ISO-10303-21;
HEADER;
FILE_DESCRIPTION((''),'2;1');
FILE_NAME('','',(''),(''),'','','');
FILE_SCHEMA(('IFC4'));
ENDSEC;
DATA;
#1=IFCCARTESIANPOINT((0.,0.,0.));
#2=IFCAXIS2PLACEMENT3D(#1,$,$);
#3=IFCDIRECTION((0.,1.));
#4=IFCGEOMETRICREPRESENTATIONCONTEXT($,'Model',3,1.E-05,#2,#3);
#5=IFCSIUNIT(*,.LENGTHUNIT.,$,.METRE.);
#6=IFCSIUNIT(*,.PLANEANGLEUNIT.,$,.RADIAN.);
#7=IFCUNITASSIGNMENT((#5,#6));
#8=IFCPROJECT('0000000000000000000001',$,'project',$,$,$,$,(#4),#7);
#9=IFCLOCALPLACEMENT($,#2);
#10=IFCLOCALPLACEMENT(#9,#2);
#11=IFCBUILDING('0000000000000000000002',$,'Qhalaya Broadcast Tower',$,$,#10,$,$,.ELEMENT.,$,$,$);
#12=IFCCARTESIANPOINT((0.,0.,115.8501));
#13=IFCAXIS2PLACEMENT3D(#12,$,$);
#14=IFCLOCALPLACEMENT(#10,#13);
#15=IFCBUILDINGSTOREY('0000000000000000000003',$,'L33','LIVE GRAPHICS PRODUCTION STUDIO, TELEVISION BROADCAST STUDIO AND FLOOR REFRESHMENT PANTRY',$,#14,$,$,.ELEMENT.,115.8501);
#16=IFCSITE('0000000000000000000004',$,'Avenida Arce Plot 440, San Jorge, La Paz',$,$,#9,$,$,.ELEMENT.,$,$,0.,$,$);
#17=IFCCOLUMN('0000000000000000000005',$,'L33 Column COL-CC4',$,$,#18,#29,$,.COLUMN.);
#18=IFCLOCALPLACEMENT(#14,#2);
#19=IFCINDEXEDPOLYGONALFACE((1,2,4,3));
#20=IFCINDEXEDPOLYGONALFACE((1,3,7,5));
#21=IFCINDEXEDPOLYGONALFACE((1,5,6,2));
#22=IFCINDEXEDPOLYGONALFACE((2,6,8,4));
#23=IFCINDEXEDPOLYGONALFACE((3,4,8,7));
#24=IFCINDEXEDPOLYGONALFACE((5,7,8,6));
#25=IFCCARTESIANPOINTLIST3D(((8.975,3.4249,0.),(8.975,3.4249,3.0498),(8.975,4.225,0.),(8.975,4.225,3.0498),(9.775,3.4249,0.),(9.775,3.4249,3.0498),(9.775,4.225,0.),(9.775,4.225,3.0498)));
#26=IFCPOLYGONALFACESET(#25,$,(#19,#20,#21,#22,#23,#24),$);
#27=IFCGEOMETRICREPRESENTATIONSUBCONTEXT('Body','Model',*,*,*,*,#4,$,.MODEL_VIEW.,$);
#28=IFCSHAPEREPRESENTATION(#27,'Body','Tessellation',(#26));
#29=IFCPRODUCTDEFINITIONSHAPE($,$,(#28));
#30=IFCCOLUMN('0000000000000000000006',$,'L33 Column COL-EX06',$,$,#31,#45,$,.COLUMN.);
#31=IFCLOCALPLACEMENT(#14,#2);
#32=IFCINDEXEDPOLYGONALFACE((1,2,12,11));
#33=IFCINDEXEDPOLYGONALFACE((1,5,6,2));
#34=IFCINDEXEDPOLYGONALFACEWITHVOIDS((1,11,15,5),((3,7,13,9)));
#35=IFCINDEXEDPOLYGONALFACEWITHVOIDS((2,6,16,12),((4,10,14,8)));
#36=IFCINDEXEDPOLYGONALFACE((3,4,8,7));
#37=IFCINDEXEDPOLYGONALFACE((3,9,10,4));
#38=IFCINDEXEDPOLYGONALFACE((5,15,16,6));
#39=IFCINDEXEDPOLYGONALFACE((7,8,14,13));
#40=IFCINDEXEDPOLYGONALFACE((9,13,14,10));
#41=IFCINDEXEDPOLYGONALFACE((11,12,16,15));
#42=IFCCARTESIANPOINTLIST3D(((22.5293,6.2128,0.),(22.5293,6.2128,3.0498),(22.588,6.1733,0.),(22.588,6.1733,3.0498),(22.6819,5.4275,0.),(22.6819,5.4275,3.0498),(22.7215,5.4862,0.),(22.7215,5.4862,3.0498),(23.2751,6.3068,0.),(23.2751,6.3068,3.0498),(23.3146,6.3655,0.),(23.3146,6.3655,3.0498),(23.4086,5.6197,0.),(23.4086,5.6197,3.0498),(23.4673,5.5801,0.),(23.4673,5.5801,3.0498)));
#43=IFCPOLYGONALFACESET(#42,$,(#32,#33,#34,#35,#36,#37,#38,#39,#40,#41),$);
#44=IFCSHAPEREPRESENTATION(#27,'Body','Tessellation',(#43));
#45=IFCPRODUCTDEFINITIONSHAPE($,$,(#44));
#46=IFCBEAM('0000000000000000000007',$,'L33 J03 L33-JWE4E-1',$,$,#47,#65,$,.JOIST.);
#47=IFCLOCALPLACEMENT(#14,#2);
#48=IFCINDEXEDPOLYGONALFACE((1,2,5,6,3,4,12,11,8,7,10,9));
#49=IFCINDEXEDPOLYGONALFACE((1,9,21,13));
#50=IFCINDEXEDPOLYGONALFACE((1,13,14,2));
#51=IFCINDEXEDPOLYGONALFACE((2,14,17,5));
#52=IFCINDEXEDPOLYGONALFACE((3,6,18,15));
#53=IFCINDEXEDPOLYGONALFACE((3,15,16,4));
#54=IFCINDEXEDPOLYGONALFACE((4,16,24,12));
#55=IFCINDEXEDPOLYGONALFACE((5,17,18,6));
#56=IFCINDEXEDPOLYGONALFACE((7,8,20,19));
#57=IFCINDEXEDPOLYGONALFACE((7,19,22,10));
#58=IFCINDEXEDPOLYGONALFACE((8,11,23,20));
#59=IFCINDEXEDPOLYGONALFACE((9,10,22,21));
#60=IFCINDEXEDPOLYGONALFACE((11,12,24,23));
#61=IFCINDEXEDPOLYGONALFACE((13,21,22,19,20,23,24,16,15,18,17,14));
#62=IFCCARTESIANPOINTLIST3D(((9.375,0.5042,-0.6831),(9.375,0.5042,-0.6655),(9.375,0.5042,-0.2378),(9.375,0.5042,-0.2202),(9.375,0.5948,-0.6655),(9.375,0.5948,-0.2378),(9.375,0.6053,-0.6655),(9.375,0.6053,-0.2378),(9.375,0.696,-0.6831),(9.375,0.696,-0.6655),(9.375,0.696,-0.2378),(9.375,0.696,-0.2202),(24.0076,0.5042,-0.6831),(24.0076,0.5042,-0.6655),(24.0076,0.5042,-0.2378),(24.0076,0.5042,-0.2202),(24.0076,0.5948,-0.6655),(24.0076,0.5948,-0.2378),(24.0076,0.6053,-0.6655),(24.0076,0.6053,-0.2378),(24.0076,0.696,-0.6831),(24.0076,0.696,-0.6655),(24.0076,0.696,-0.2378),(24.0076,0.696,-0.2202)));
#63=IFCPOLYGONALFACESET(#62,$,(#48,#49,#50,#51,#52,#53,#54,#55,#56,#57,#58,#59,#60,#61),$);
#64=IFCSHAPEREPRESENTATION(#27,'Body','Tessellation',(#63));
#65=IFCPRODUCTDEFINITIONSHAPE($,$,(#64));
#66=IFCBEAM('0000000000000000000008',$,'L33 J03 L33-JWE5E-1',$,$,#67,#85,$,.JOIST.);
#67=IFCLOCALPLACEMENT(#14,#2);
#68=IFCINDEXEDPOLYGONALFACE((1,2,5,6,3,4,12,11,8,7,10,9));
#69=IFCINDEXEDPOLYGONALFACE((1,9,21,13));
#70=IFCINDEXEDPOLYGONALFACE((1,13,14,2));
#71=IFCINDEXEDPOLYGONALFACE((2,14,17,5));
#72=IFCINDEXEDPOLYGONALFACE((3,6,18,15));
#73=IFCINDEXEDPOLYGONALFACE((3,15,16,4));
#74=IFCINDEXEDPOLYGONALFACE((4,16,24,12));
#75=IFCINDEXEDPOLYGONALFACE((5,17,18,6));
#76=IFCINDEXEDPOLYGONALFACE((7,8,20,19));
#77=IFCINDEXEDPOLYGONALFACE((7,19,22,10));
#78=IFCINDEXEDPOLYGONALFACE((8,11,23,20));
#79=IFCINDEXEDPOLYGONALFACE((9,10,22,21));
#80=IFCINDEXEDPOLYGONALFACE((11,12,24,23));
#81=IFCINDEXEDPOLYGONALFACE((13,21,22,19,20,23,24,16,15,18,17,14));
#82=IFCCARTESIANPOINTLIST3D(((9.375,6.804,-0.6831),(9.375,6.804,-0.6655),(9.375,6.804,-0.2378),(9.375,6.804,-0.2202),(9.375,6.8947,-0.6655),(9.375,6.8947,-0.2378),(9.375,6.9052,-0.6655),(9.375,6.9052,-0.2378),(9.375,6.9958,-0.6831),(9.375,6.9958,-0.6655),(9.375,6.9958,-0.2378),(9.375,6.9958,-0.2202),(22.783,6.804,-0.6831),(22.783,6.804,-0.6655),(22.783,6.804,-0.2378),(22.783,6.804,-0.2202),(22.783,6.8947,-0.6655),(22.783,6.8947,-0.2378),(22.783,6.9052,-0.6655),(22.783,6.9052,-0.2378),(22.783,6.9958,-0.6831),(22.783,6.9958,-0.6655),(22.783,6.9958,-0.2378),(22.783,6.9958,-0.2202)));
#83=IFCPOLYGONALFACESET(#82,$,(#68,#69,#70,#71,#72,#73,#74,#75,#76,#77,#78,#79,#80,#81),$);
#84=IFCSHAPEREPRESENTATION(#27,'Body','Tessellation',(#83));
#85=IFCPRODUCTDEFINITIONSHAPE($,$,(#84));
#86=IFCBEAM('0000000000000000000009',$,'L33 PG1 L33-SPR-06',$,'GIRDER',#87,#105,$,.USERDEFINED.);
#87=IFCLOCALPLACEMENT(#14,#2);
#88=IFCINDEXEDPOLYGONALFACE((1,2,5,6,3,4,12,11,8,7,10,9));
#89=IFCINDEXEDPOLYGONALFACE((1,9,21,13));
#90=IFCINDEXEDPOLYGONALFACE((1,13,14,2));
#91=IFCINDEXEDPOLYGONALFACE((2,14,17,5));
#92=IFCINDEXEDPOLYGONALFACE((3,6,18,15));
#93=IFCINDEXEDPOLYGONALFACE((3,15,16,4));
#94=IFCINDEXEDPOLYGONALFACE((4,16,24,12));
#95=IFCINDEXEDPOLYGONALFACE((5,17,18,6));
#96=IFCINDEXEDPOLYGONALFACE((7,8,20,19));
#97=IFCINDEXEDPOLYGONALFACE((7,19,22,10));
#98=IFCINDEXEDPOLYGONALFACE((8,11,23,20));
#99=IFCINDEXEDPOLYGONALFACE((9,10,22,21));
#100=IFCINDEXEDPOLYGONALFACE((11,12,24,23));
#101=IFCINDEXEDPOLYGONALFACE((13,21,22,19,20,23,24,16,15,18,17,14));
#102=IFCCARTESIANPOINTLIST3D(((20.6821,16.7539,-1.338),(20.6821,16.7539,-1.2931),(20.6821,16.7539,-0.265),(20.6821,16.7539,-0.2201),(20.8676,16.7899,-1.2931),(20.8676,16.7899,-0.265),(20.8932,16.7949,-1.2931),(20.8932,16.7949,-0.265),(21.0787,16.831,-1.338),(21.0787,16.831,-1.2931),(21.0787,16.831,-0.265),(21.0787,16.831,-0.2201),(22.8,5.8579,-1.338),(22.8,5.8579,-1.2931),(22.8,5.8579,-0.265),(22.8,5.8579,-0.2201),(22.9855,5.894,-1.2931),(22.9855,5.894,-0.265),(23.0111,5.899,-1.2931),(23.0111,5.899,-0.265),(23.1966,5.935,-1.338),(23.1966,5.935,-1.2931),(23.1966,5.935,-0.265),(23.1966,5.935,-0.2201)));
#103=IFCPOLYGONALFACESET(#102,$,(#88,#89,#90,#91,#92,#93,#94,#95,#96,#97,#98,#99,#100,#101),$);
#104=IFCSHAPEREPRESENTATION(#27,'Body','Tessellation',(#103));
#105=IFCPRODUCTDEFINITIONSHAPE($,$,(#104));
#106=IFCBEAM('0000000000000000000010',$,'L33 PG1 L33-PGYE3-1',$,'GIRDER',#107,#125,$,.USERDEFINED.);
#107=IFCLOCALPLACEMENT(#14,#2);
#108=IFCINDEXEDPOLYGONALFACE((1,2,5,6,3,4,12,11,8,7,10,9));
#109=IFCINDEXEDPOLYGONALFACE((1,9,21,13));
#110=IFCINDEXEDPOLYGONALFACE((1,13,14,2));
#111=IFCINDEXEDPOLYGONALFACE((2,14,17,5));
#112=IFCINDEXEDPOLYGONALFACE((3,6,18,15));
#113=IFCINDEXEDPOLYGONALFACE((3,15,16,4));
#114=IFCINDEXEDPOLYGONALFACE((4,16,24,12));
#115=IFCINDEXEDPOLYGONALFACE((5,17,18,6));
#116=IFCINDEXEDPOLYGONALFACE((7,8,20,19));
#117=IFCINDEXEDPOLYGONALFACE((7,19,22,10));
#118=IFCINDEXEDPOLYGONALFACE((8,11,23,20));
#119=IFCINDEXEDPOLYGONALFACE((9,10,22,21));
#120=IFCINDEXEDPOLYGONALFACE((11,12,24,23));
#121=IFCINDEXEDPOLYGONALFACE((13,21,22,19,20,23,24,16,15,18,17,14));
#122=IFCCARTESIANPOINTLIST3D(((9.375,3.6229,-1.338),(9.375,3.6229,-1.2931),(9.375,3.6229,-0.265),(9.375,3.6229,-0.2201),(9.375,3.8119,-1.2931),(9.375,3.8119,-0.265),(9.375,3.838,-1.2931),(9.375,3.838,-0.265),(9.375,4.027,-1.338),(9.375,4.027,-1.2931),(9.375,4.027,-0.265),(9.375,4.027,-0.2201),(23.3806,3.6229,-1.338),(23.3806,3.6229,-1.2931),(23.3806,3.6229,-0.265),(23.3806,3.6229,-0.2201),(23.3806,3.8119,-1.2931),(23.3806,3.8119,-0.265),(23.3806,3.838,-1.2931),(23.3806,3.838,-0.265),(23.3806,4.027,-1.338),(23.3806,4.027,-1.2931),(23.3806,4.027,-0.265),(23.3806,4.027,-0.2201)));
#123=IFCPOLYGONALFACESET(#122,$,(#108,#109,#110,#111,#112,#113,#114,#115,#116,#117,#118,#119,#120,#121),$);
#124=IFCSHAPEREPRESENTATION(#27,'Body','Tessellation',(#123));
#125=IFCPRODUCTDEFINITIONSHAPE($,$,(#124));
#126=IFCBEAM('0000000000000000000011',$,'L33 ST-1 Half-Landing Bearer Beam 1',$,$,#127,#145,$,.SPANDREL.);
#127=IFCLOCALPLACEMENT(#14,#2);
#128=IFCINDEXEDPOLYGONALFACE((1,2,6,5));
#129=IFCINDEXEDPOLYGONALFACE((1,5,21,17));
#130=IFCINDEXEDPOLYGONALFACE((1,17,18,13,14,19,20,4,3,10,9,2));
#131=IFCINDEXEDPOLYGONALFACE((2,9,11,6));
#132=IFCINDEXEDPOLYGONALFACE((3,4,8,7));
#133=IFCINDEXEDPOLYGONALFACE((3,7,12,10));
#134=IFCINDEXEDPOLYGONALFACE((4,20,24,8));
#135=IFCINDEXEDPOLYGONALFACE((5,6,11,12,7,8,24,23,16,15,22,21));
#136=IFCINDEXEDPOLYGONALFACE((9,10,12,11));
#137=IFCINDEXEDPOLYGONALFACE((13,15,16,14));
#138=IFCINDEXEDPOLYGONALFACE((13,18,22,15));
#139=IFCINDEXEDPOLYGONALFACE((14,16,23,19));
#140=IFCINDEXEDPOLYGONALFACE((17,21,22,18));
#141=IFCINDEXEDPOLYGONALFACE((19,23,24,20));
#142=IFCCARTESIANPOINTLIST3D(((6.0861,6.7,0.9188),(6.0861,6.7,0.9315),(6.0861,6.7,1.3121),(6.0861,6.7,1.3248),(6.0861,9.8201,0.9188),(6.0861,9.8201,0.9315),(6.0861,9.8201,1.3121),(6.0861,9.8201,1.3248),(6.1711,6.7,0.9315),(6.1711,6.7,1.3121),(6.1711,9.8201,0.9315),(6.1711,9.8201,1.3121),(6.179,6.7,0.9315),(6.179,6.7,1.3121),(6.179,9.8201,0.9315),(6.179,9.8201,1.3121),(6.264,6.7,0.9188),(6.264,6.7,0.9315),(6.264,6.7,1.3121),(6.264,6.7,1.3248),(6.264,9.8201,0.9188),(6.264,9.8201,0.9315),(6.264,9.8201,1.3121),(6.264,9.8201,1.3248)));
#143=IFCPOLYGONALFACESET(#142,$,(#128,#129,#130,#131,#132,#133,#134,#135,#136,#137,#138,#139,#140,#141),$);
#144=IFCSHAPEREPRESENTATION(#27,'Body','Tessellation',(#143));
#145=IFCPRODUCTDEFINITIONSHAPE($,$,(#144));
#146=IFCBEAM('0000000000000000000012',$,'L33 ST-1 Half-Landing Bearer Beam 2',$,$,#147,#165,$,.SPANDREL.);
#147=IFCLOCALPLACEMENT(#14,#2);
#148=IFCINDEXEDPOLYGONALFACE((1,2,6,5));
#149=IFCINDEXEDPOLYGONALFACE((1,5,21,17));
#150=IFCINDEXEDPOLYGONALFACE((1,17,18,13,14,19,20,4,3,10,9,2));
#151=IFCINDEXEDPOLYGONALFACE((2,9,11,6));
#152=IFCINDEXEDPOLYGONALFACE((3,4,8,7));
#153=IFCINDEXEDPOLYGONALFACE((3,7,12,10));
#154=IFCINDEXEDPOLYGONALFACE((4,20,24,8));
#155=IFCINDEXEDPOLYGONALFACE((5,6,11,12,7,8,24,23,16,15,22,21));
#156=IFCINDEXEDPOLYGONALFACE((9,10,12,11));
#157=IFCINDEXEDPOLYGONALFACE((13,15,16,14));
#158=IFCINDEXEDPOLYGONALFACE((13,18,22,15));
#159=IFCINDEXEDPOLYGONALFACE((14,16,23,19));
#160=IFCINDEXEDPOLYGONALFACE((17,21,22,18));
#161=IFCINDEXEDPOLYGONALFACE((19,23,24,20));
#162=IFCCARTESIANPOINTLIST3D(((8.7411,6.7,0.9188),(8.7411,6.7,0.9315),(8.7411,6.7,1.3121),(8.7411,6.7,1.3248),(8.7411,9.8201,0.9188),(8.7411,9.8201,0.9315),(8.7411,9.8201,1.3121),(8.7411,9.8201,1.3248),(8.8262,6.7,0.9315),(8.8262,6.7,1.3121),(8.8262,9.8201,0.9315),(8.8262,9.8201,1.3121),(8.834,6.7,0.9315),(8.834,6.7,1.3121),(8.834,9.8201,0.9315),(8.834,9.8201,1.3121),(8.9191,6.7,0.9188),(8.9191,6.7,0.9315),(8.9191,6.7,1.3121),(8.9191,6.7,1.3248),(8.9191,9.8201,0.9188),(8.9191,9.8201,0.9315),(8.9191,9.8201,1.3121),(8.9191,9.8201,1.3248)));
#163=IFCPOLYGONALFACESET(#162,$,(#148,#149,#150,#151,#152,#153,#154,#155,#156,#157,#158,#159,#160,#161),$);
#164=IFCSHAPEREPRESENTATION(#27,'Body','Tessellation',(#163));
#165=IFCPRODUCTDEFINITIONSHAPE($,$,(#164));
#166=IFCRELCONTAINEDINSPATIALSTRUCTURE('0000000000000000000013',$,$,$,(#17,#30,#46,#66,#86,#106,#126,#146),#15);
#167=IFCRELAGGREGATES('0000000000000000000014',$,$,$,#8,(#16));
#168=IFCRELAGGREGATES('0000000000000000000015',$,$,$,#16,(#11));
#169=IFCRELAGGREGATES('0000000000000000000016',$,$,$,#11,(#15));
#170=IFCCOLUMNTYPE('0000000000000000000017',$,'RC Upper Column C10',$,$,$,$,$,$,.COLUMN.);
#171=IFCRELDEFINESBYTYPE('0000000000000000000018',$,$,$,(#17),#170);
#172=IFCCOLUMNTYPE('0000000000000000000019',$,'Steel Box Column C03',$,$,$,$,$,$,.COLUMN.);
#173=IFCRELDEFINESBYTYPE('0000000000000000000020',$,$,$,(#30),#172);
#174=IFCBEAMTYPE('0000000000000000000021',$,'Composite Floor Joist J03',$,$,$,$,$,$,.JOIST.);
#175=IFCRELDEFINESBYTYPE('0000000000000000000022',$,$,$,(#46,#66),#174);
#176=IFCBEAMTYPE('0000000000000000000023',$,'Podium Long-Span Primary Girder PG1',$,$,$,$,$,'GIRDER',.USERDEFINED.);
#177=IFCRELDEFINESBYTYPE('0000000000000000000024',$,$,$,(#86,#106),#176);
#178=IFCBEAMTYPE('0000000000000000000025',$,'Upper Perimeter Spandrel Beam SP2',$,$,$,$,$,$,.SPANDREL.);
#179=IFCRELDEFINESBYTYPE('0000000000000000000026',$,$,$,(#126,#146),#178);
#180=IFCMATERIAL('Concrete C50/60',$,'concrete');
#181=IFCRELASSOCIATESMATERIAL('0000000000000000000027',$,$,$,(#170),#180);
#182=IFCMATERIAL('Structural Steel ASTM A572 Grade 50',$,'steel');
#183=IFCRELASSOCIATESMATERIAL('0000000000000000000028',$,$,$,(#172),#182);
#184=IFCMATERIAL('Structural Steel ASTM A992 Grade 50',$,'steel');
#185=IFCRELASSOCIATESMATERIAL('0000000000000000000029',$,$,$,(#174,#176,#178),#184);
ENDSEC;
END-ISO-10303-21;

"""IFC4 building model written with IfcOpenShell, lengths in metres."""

from ifc_helpers import new_model, si_unit, direction, frame, origin, origin_2d, place, context, subcontext, project, spatial, rectangle, hollow_rectangle, i_section, extrude, material, material_profile, profile_set, type_object, element, save


model = new_model("IFC4")

# Units and contexts
model_context = context("Model", 3, precision=1e-05, world=origin(), true_north=direction((0.0, 1.0)))
body_context = subcontext(model_context, "Body", "Model", "MODEL_VIEW")
ifc_project = project(units=[si_unit("LENGTHUNIT", "METRE"), si_unit("PLANEANGLEUNIT", "RADIAN")], contexts=[model_context])

# Site, building, storey
site_placement = place(None, origin())
site = spatial("IfcSite", under=ifc_project, at=site_placement, Name="Avenida Arce Plot 440, San Jorge, La Paz", CompositionType="ELEMENT", RefElevation=0.0)
building_placement = place(site_placement, origin())
building = spatial("IfcBuilding", under=site, at=building_placement, Name="Qhalaya Broadcast Tower", CompositionType="ELEMENT")
storey_placement = place(building_placement, frame((0.0, 0.0, 115.8501)))
storey = spatial("IfcBuildingStorey", under=building, at=storey_placement, Name="L33", Description="LIVE GRAPHICS PRODUCTION STUDIO, TELEVISION BROADCAST STUDIO AND FLOOR REFRESHMENT PANTRY", CompositionType="ELEMENT", Elevation=115.8501)

# Columns
ifc_material_1 = material(Name="Concrete C50/60", Category="concrete")
ifc_material_profile_1 = material_profile(ifc_material_1, rectangle(XDim=0.8, YDim=0.8, at=origin_2d()), Name="RC-COL 800x800")
ifc_profile_set_1 = profile_set([ifc_material_profile_1], Name="Concrete C50/60")
column_type_1 = type_object("IfcColumnType", Name="RC Upper Column C10", PredefinedType="COLUMN", material=ifc_profile_set_1)
column_1_placement = place(storey_placement, frame((9.375, 3.825, 0.0), z_axis=(0.0, 0.0, 1.0), x_axis=(1.0, 0.0, 0.0)))
element("IfcColumn", 1, at=column_1_placement, inside=storey, type_object=column_type_1, Name="L33 Column COL-CC4", PredefinedType="COLUMN", context=body_context, shape_type="SweptSolid", body=[
    extrude(rectangle(XDim=0.8, YDim=0.8, at=origin_2d()), origin(), (0.0, 0.0, 1.0), 3.0498),
])
ifc_material_2 = material(Name="Structural Steel ASTM A572 Grade 50", Category="steel")
ifc_material_profile_2 = material_profile(ifc_material_2, hollow_rectangle(XDim=0.8, YDim=0.8, WallThickness=0.05, at=origin_2d()), Name="BOX 800x800x50")
ifc_profile_set_2 = profile_set([ifc_material_profile_2], Name="Structural Steel ASTM A572 Grade 50")
column_type_2 = type_object("IfcColumnType", Name="Steel Box Column C03", PredefinedType="COLUMN", material=ifc_profile_set_2)
column_2_placement = place(storey_placement, frame((22.9983, 5.8965, 0.0), z_axis=(0.0, 0.0, 1.0), x_axis=(-0.190809, 0.981627, 0.0)))
element("IfcColumn", 2, at=column_2_placement, inside=storey, type_object=column_type_2, Name="L33 Column COL-EX06", PredefinedType="COLUMN", context=body_context, shape_type="SweptSolid", body=[
    extrude(hollow_rectangle(XDim=0.8, YDim=0.8, WallThickness=0.05, at=origin_2d()), origin(), (0.0, 0.0, 1.0), 3.0498),
])

# Beams
ifc_material_3 = material(Name="Structural Steel ASTM A992 Grade 50", Category="steel")
ifc_material_profile_3 = material_profile(ifc_material_3, i_section(OverallWidth=0.1919, OverallDepth=0.4629, WebThickness=0.0105, FlangeThickness=0.0176, at=origin_2d()), Name="W18X60")
ifc_profile_set_3 = profile_set([ifc_material_profile_3], Name="Structural Steel ASTM A992 Grade 50")
beam_type_1 = type_object("IfcBeamType", Name="Composite Floor Joist J03", PredefinedType="JOIST", material=ifc_profile_set_3)
beam_1_placement = place(storey_placement, frame((9.375, 0.6001, -0.4517), z_axis=(1.0, 0.0, 0.0), x_axis=(0.0, 1.0, 0.0)))
element("IfcBeam", 3, at=beam_1_placement, inside=storey, type_object=beam_type_1, Name="L33 J03 L33-JWE4E-1", PredefinedType="JOIST", context=body_context, shape_type="SweptSolid", body=[
    extrude(i_section(OverallWidth=0.1919, OverallDepth=0.4629, WebThickness=0.0105, FlangeThickness=0.0176, at=origin_2d()), origin(), (0.0, 0.0, 1.0), 14.6326),
])
beam_2_placement = place(storey_placement, frame((9.375, 6.8999, -0.4517), z_axis=(1.0, 0.0, 0.0), x_axis=(0.0, 1.0, 0.0)))
element("IfcBeam", 4, at=beam_2_placement, inside=storey, type_object=beam_type_1, Name="L33 J03 L33-JWE5E-1", PredefinedType="JOIST", context=body_context, shape_type="SweptSolid", body=[
    extrude(i_section(OverallWidth=0.1919, OverallDepth=0.4629, WebThickness=0.0105, FlangeThickness=0.0176, at=origin_2d()), origin(), (0.0, 0.0, 1.0), 13.408),
])
ifc_material_profile_4 = material_profile(ifc_material_3, i_section(OverallWidth=0.4041, OverallDepth=1.1179, WebThickness=0.0261, FlangeThickness=0.0449, at=origin_2d()), Name="W44X335")
ifc_profile_set_4 = profile_set([ifc_material_profile_4], Name="Structural Steel ASTM A992 Grade 50")
beam_type_2 = type_object("IfcBeamType", Name="Podium Long-Span Primary Girder PG1", ElementType="GIRDER", PredefinedType="USERDEFINED", material=ifc_profile_set_4)
beam_3_placement = place(storey_placement, frame((22.9983, 5.8965, -0.7791), z_axis=(-0.190805, 0.981628, 0.0), x_axis=(-0.981628, -0.190805, 0.0)))
element("IfcBeam", 5, at=beam_3_placement, inside=storey, type_object=beam_type_2, Name="L33 PG1 L33-SPR-06", ObjectType="GIRDER", PredefinedType="USERDEFINED", context=body_context, shape_type="SweptSolid", body=[
    extrude(i_section(OverallWidth=0.4041, OverallDepth=1.1179, WebThickness=0.0261, FlangeThickness=0.0449, at=origin_2d()), origin(), (0.0, 0.0, 1.0), 11.0999),
])
beam_4_placement = place(storey_placement, frame((9.375, 3.825, -0.7791), z_axis=(1.0, 0.0, 0.0), x_axis=(0.0, 1.0, 0.0)))
element("IfcBeam", 6, at=beam_4_placement, inside=storey, type_object=beam_type_2, Name="L33 PG1 L33-PGYE3-1", ObjectType="GIRDER", PredefinedType="USERDEFINED", context=body_context, shape_type="SweptSolid", body=[
    extrude(i_section(OverallWidth=0.4041, OverallDepth=1.1179, WebThickness=0.0261, FlangeThickness=0.0449, at=origin_2d()), origin(), (0.0, 0.0, 1.0), 14.0056),
])
ifc_material_profile_5 = material_profile(ifc_material_3, i_section(OverallWidth=0.178, OverallDepth=0.406, WebThickness=0.0078, FlangeThickness=0.0127, at=origin_2d()), Name="W16X40")
ifc_profile_set_5 = profile_set([ifc_material_profile_5], Name="Structural Steel ASTM A992 Grade 50")
beam_type_3 = type_object("IfcBeamType", Name="Upper Perimeter Spandrel Beam SP2", PredefinedType="SPANDREL", material=ifc_profile_set_5)
for number, where, z_axis, x_axis, name in (
    (7, (6.175, 6.7, 1.1218), (0.0, 1.0, 0.0), (-1.0, 0.0, 0.0), "L33 ST-1 Half-Landing Bearer Beam 1"),
    (8, (8.8301, 6.7, 1.1218), (0.0, 1.0, 0.0), (-1.0, 0.0, 0.0), "L33 ST-1 Half-Landing Bearer Beam 2"),
):
    element("IfcBeam", number, at=place(storey_placement, frame(where, z_axis=z_axis, x_axis=x_axis)), inside=storey, type_object=beam_type_3, Name=name, PredefinedType="SPANDREL", context=body_context, shape_type="SweptSolid", body=[
        extrude(i_section(OverallWidth=0.178, OverallDepth=0.406, WebThickness=0.0078, FlangeThickness=0.0127, at=origin_2d()), origin(), (0.0, 0.0, 1.0), 3.1201),
    ])

save(model, "model.ifc")
